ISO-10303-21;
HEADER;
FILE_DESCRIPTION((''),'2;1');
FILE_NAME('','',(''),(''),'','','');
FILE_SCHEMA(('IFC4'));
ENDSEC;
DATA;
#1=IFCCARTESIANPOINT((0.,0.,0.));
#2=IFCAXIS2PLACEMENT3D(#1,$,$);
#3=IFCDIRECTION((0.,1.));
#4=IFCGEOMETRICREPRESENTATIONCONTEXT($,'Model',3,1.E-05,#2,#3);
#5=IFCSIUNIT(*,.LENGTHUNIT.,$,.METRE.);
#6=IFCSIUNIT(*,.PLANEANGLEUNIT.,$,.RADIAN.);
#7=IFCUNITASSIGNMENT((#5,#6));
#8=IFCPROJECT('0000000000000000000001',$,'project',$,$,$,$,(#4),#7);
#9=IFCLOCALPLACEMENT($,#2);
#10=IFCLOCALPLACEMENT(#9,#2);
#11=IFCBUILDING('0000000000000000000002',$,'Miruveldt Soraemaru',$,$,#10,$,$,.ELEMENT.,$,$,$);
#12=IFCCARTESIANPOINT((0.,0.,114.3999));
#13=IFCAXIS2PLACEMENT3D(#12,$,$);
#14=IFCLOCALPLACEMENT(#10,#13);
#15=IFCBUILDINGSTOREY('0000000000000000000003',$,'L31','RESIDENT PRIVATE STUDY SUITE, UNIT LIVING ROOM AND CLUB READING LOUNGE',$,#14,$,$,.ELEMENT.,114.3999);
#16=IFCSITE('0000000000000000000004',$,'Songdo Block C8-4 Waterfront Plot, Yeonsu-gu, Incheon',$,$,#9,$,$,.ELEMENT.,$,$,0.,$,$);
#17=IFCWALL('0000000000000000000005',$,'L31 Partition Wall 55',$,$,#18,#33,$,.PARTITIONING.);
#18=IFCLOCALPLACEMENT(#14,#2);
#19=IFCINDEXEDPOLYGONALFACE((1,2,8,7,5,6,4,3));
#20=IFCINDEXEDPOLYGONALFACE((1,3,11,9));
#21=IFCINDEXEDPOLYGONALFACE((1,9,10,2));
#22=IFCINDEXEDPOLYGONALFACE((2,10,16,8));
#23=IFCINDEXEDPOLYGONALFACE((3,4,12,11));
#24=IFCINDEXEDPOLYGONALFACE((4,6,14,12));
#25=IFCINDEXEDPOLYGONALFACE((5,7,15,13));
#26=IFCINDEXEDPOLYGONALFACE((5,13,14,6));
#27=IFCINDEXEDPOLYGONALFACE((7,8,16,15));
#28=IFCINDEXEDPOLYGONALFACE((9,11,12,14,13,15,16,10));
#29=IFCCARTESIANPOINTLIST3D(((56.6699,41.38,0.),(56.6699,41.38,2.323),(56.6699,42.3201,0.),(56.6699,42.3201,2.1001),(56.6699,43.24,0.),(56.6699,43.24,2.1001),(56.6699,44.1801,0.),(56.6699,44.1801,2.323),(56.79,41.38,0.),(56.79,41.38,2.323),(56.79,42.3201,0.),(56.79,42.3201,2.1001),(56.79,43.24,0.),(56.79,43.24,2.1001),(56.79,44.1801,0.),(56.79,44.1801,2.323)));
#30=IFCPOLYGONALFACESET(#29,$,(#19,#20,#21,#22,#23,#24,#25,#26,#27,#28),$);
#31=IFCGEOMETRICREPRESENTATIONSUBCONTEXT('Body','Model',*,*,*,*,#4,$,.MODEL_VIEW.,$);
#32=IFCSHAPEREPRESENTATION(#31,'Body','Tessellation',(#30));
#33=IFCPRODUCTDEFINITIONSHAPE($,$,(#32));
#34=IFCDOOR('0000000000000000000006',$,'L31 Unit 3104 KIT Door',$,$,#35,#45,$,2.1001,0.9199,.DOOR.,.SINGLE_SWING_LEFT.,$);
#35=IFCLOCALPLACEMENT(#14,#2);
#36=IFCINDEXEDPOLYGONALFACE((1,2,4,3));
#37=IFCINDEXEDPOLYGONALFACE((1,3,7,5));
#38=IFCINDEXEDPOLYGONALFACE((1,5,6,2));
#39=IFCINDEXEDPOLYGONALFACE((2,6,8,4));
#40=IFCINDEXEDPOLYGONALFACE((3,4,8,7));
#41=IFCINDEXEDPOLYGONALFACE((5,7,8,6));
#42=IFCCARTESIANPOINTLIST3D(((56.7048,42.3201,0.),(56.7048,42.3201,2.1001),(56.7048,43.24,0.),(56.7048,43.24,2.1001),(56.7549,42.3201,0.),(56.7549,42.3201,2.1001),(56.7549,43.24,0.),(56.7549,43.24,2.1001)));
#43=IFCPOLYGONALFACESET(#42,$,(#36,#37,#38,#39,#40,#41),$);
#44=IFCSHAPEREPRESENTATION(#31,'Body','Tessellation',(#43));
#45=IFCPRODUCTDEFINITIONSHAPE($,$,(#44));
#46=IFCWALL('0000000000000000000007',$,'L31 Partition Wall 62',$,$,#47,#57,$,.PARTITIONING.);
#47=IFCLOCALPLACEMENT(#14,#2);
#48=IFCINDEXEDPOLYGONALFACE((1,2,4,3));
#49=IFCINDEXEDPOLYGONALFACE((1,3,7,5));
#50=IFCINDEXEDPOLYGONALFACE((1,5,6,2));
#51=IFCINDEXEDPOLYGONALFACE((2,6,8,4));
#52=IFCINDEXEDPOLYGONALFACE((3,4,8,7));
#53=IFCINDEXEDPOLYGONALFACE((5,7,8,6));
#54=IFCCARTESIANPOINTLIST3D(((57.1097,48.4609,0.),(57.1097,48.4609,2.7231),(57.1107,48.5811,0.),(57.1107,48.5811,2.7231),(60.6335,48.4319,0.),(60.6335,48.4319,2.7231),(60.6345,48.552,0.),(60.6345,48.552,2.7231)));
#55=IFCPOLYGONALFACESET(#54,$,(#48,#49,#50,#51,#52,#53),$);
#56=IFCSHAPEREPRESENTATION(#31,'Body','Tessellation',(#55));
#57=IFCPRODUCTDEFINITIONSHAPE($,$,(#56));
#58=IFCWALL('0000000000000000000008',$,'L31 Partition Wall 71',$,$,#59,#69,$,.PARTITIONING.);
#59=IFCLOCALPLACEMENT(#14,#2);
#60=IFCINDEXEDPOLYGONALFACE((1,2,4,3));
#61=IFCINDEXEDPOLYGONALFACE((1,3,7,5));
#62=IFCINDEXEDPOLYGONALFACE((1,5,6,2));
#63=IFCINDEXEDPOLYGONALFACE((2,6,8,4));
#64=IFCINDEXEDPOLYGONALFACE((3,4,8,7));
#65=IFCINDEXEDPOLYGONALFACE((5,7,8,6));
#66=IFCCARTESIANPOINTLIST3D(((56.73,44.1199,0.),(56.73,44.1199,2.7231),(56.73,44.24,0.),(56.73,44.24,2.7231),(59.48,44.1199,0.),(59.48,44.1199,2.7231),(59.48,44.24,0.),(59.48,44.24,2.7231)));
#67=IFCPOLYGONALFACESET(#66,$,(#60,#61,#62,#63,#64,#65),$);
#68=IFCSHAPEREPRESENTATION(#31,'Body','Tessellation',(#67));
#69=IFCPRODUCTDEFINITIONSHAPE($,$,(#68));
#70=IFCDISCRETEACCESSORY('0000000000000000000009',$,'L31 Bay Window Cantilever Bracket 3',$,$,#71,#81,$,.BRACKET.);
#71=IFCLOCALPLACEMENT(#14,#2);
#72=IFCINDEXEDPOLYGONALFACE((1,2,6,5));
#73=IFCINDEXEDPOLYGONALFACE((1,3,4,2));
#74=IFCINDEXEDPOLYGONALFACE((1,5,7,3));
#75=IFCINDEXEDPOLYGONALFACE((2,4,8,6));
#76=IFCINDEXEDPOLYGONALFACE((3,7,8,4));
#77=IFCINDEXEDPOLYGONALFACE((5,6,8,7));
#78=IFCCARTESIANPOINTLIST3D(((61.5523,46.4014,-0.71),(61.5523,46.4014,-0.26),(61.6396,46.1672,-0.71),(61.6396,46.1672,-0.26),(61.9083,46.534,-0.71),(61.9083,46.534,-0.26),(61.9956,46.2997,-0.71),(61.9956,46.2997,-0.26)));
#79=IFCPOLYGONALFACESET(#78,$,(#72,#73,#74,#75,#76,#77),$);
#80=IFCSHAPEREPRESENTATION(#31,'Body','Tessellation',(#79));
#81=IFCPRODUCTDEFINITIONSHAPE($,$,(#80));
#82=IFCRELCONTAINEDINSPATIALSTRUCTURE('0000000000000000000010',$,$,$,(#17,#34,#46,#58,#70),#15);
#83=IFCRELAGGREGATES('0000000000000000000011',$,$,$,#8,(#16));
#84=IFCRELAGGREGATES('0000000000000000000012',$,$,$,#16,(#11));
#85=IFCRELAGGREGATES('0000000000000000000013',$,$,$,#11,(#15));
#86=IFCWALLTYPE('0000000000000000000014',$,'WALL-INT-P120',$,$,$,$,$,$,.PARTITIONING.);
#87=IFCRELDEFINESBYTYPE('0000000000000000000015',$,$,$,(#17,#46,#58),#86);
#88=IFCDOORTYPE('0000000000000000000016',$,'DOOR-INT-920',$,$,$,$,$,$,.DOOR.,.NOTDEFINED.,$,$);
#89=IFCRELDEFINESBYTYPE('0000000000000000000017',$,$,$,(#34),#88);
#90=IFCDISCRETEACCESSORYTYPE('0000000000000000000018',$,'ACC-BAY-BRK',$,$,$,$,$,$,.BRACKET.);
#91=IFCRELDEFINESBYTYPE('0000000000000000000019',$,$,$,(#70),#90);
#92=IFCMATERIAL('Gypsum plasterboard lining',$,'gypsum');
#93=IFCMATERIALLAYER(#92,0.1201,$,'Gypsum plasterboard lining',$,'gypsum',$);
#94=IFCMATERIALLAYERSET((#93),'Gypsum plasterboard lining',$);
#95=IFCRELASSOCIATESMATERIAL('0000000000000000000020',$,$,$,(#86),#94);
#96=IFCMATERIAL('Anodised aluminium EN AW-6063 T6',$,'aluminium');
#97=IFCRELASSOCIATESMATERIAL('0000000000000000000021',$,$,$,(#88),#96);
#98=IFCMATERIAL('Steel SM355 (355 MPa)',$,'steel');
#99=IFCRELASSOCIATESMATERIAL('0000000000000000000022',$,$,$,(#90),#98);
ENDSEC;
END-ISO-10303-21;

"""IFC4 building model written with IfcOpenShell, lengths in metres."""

from ifc_helpers import new_model, si_unit, direction, frame, frame_2d, origin, origin_2d, place, context, subcontext, project, spatial, rectangle, extrude, material, layer, layer_set, type_object, element, fill, save


model = new_model("IFC4")

# Units and contexts
model_context = context("Model", 3, precision=1e-05, world=origin(), true_north=direction((0.0, 1.0)))
body_context = subcontext(model_context, "Body", "Model", "MODEL_VIEW")
ifc_project = project(units=[si_unit("LENGTHUNIT", "METRE"), si_unit("PLANEANGLEUNIT", "RADIAN")], contexts=[model_context])

# Site, building, storey
site_placement = place(None, origin())
site = spatial("IfcSite", under=ifc_project, at=site_placement, Name="Songdo Block C8-4 Waterfront Plot, Yeonsu-gu, Incheon", CompositionType="ELEMENT", RefElevation=0.0)
building_placement = place(site_placement, origin())
building = spatial("IfcBuilding", under=site, at=building_placement, Name="Miruveldt Soraemaru", CompositionType="ELEMENT")
storey_placement = place(building_placement, frame((0.0, 0.0, 114.3999)))
storey = spatial("IfcBuildingStorey", under=building, at=storey_placement, Name="L31", Description="RESIDENT PRIVATE STUDY SUITE, UNIT LIVING ROOM AND CLUB READING LOUNGE", CompositionType="ELEMENT", Elevation=114.3999)

# Shared definitions
ifc_material_1 = material(Name="Steel SM355 (355 MPa)", Category="steel")

# Wall, opening, door
ifc_material_2 = material(Name="Gypsum plasterboard lining", Category="gypsum")
ifc_layer_1 = layer(ifc_material_2, 0.1201, Name="Gypsum plasterboard lining", Category="gypsum")
ifc_layer_set_1 = layer_set([ifc_layer_1], Name="Gypsum plasterboard lining")
wall_type_1 = type_object("IfcWallType", Name="WALL-INT-P120", PredefinedType="PARTITIONING", material=ifc_layer_set_1)
ifc_material_3 = material(Name="Anodised aluminium EN AW-6063 T6", Category="aluminium")
door_type = type_object("IfcDoorType", Name="DOOR-INT-920", OperationType="NOTDEFINED", PredefinedType="DOOR", material=ifc_material_3)
wall_1_placement = place(storey_placement, frame((56.73, 44.1799, 0.0), z_axis=(0.0, 0.0, 1.0), x_axis=(0.0, -1.0, 0.0)))
wall_1 = element("IfcWall", 1, at=wall_1_placement, inside=storey, type_object=wall_type_1, Name="L31 Partition Wall 55", PredefinedType="PARTITIONING", context=body_context, shape_type="SweptSolid", body=[
    extrude(rectangle(XDim=2.8, YDim=0.1201, at=frame_2d((1.3999, 0.0))), origin(), (0.0, 0.0, 1.0), 2.323),
])
opening_1_placement = place(wall_1_placement, frame((0.9399, 0.0, 0.0)))
opening_1 = element("IfcOpeningElement", 2, at=opening_1_placement, cuts=wall_1, PredefinedType="OPENING", context=body_context, shape_type="SweptSolid", body=[
    extrude(rectangle(XDim=0.9199, YDim=2.1001, at=frame_2d((0.46, 1.05))), frame((0.0, 0.0701, 0.0), z_axis=(0.0, -1.0, 0.0), x_axis=(1.0, 0.0, 0.0)), (0.0, 0.0, 1.0), 0.1401),
])
door_1_placement = place(opening_1_placement, origin())
door_1 = element("IfcDoor", 3, at=door_1_placement, inside=storey, type_object=door_type, Name="L31 Unit 3104 KIT Door", OperationType="SINGLE_SWING_LEFT", OverallHeight=2.1001, OverallWidth=0.9199, PredefinedType="DOOR", context=body_context, shape_type="SweptSolid", body=[
    extrude(rectangle(XDim=0.9199, YDim=2.1001, at=frame_2d((0.46, 1.05))), frame((0.0, 0.0249, 0.0), z_axis=(0.0, -1.0, 0.0), x_axis=(1.0, 0.0, 0.0)), (0.0, 0.0, 1.0), 0.05),
])
fill(opening_1, door_1)

# Walls
wall_2_placement = place(storey_placement, frame((60.634, 48.4919, 0.0), z_axis=(0.0, 0.0, 1.0), x_axis=(-0.999966, 0.008244, 0.0)))
element("IfcWall", 4, at=wall_2_placement, inside=storey, type_object=wall_type_1, Name="L31 Partition Wall 62", PredefinedType="PARTITIONING", context=body_context, shape_type="SweptSolid", body=[
    extrude(rectangle(XDim=3.5239, YDim=0.1201, at=frame_2d((1.762, 0.0))), origin(), (0.0, 0.0, 1.0), 2.7231),
])
wall_3_placement = place(storey_placement, frame((59.48, 44.1799, 0.0), z_axis=(0.0, 0.0, 1.0), x_axis=(-1.0, 0.0, 0.0)))
element("IfcWall", 5, at=wall_3_placement, inside=storey, type_object=wall_type_1, Name="L31 Partition Wall 71", PredefinedType="PARTITIONING", context=body_context, shape_type="SweptSolid", body=[
    extrude(rectangle(XDim=2.75, YDim=0.1201, at=frame_2d((1.375, 0.0))), origin(), (0.0, 0.0, 1.0), 2.7231),
])

# Discrete accessory
discrete_accessory_type = type_object("IfcDiscreteAccessoryType", Name="ACC-BAY-BRK", PredefinedType="BRACKET", material=ifc_material_1)
discrete_accessory_placement = place(storey_placement, frame((61.7739, 46.3506, -0.71), z_axis=(0.0, 0.0, 1.0), x_axis=(0.937112, 0.34903, 0.0)))
element("IfcDiscreteAccessory", 6, at=discrete_accessory_placement, inside=storey, type_object=discrete_accessory_type, Name="L31 Bay Window Cantilever Bracket 3", PredefinedType="BRACKET", context=body_context, shape_type="SweptSolid", body=[
    extrude(rectangle(XDim=0.3799, YDim=0.25, at=origin_2d()), origin(), (0.0, 0.0, 1.0), 0.45),
])

save(model, "model.ifc")
